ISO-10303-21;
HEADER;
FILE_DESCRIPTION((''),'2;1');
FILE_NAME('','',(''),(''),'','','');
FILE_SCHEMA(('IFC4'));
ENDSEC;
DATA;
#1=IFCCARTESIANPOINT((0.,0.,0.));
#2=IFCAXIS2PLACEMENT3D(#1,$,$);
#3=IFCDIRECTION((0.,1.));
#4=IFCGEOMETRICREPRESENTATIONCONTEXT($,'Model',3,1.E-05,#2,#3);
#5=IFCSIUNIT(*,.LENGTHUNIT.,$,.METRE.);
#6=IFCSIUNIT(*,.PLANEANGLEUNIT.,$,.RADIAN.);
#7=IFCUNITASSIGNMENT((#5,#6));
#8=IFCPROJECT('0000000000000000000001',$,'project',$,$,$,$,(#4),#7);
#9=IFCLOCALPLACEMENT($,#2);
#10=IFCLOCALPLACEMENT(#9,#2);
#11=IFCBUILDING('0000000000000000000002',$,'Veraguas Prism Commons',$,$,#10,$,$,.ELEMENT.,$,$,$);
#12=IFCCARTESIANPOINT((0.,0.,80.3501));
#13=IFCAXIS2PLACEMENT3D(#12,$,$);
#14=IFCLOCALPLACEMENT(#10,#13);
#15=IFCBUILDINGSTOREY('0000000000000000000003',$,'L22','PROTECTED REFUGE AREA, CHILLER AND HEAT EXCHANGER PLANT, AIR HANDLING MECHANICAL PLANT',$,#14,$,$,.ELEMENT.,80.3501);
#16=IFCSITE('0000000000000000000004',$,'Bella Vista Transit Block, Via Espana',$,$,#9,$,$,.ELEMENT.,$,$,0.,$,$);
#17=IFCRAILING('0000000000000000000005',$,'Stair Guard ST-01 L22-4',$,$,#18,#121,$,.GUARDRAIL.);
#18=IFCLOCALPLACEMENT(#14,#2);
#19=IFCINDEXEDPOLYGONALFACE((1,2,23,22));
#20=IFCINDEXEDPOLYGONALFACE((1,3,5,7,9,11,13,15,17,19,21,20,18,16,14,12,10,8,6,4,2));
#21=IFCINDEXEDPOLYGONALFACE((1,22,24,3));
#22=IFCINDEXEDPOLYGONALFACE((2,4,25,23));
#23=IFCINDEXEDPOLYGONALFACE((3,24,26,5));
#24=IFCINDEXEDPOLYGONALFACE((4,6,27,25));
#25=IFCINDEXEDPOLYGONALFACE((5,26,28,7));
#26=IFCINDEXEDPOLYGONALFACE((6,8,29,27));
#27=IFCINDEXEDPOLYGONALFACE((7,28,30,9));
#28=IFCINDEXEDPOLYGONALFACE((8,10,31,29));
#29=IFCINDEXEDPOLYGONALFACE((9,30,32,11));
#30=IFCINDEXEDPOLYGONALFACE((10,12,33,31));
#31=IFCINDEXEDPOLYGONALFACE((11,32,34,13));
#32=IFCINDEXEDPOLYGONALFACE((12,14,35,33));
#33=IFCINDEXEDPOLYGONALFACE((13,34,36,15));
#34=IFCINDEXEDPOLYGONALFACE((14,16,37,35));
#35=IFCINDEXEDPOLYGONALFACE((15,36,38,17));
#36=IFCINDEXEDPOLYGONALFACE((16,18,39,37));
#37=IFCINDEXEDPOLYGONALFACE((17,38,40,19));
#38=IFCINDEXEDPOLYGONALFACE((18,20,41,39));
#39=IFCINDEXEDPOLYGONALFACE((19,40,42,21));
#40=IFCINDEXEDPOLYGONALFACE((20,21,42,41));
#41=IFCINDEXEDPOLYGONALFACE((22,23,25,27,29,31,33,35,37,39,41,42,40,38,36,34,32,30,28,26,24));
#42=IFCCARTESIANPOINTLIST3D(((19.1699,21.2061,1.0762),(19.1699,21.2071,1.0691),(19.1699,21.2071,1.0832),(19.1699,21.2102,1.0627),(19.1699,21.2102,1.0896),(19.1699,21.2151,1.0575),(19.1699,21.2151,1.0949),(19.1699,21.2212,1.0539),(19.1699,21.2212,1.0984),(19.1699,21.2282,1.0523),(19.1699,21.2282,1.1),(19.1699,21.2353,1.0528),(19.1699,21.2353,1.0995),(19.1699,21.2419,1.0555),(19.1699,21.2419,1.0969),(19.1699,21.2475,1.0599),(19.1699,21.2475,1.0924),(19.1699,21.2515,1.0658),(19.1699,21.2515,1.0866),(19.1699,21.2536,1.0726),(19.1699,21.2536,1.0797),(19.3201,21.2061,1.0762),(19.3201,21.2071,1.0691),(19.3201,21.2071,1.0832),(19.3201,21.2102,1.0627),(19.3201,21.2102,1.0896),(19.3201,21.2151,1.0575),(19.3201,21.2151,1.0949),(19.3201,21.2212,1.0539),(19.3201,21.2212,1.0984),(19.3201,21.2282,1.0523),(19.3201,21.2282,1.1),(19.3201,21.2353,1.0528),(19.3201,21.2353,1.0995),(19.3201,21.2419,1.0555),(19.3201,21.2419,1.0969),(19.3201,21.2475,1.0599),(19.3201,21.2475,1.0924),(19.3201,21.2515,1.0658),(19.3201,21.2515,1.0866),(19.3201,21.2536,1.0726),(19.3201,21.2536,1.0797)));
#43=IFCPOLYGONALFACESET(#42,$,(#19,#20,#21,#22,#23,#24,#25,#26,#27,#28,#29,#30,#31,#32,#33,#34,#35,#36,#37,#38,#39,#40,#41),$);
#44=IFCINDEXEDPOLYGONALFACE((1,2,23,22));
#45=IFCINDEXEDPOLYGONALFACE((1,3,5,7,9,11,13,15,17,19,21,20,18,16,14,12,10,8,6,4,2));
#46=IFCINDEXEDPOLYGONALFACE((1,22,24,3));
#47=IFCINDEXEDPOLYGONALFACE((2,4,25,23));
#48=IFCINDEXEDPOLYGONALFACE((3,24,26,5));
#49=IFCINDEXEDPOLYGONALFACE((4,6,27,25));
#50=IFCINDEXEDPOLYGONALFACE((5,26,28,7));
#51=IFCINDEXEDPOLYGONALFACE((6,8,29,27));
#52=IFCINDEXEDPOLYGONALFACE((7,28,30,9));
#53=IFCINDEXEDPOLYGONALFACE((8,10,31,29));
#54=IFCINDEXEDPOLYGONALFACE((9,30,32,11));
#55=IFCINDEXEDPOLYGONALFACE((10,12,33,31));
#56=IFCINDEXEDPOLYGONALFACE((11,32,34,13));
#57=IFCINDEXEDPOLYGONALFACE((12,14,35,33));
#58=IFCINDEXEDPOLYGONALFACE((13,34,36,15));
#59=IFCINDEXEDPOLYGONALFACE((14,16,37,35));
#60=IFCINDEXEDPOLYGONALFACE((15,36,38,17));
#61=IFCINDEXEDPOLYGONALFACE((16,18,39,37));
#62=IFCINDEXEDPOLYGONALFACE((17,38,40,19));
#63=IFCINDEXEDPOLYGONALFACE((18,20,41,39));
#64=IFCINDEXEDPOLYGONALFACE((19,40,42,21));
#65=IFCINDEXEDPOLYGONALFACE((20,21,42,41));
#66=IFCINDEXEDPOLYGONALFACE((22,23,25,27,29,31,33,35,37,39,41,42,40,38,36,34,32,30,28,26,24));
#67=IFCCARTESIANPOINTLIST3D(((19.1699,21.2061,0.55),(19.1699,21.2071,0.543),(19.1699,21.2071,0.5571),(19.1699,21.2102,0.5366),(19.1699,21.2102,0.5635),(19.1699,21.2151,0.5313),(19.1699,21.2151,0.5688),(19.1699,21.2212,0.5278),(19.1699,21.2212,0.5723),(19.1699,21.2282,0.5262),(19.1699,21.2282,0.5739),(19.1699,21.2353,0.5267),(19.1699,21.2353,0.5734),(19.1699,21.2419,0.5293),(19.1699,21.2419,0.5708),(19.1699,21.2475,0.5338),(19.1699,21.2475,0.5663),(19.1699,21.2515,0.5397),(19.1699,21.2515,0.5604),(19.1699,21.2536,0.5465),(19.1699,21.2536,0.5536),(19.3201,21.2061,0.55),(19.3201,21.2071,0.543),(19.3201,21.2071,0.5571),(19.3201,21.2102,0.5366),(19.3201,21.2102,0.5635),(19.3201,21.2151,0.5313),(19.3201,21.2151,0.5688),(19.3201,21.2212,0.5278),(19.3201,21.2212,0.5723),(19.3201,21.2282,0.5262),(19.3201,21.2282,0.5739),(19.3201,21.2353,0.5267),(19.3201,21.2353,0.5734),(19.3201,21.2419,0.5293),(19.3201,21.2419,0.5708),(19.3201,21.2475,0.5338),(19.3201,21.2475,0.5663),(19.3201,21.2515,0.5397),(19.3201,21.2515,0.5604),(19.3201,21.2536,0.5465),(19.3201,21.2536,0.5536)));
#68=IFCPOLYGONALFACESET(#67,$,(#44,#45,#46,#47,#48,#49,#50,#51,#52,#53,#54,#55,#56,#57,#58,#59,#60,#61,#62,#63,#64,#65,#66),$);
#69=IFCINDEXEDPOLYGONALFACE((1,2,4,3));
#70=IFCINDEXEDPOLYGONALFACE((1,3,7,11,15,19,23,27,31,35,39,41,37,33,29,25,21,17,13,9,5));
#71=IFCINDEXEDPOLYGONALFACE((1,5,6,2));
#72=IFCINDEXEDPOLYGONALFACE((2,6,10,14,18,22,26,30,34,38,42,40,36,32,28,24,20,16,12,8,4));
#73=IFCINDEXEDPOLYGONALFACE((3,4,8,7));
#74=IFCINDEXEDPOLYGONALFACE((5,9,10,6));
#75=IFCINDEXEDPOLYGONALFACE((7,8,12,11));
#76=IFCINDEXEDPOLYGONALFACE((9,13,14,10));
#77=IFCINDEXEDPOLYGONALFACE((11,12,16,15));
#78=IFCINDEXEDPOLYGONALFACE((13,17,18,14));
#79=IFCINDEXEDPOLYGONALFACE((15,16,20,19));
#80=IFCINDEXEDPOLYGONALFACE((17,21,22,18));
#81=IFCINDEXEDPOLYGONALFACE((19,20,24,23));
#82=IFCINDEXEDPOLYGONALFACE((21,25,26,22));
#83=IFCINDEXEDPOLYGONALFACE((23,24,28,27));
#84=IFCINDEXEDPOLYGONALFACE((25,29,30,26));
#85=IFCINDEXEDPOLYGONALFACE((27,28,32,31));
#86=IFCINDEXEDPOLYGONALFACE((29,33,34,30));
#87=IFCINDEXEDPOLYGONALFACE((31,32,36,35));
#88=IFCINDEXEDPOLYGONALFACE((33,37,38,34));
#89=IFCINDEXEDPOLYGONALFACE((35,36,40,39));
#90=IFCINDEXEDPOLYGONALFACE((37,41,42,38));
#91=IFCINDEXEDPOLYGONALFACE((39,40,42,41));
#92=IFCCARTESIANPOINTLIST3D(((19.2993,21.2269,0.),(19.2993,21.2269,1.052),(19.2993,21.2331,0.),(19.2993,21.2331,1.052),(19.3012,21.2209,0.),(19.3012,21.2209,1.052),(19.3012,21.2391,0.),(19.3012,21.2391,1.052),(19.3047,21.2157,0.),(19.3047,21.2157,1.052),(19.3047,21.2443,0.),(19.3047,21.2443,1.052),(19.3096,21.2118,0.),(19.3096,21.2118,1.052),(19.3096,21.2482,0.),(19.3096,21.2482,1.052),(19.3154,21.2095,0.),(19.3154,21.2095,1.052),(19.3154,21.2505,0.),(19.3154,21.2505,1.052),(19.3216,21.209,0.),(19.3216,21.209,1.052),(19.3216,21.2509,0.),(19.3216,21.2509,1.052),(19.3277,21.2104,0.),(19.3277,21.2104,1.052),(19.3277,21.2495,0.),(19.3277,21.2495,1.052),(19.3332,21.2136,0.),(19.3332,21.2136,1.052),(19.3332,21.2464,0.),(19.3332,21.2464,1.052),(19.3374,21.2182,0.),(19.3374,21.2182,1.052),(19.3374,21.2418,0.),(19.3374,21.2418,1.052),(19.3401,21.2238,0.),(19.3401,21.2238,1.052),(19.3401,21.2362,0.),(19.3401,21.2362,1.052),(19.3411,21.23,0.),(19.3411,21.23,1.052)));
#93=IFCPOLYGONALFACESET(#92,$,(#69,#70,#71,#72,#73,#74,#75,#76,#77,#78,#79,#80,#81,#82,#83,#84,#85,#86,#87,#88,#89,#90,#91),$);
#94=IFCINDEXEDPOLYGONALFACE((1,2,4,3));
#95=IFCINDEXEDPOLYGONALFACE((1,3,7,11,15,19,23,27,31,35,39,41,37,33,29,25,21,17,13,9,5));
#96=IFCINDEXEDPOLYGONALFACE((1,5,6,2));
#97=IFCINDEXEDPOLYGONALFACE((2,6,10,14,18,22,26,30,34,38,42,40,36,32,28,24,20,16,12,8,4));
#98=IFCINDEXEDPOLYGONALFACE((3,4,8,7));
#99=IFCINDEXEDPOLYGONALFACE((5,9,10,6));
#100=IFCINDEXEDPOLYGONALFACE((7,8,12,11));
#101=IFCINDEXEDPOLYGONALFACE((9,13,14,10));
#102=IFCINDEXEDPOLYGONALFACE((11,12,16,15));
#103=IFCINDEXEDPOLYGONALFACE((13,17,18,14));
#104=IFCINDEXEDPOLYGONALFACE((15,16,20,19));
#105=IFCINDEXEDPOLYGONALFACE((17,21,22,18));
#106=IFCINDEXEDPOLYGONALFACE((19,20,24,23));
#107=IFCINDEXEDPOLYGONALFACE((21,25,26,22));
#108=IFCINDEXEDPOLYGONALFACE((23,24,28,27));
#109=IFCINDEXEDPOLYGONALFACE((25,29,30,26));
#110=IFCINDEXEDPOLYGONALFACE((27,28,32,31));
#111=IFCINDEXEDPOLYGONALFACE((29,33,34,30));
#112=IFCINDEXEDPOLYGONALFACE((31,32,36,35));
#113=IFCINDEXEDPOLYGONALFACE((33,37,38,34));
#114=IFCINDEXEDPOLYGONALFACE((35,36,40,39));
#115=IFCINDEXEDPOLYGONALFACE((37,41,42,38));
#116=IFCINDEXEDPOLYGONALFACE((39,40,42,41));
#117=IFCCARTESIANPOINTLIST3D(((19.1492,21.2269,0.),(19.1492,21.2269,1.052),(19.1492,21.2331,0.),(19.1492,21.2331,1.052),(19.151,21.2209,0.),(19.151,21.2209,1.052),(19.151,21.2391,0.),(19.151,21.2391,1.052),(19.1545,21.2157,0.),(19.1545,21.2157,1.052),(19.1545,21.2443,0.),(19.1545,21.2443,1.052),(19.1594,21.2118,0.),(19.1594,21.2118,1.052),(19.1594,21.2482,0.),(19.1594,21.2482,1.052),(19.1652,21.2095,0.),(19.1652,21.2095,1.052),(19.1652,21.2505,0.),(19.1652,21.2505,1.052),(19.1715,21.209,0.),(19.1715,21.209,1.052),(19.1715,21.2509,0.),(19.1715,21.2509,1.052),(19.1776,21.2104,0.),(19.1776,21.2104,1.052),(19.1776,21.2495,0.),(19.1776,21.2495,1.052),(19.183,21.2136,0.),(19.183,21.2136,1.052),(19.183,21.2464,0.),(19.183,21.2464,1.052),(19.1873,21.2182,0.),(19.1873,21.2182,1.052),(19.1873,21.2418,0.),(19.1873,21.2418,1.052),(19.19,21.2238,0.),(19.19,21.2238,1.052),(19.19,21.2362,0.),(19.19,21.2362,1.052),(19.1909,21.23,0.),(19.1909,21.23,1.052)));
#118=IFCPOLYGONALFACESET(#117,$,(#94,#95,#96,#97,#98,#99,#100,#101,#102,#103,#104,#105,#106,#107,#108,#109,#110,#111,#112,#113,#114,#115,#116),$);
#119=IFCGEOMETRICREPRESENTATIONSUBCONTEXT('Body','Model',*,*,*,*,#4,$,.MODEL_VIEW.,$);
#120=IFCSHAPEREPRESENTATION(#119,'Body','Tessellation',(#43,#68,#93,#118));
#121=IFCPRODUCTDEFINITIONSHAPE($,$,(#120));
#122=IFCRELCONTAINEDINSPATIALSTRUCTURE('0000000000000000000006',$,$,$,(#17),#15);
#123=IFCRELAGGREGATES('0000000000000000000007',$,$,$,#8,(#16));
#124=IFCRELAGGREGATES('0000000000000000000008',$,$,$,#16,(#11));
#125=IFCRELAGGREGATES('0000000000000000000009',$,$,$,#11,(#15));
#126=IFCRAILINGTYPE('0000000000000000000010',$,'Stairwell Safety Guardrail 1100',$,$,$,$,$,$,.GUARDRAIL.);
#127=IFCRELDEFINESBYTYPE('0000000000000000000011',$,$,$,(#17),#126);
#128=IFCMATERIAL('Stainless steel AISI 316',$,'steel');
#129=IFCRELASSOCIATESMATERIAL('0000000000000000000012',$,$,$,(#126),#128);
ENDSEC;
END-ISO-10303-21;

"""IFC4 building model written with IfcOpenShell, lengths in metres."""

from ifc_helpers import new_model, si_unit, direction, frame, origin, origin_2d, place, context, subcontext, project, spatial, circle, extrude, material, type_object, element, save


model = new_model("IFC4")

# Units and contexts
model_context = context("Model", 3, precision=1e-05, world=origin(), true_north=direction((0.0, 1.0)))
body_context = subcontext(model_context, "Body", "Model", "MODEL_VIEW")
ifc_project = project(units=[si_unit("LENGTHUNIT", "METRE"), si_unit("PLANEANGLEUNIT", "RADIAN")], contexts=[model_context])

# Site, building, storey
site_placement = place(None, origin())
site = spatial("IfcSite", under=ifc_project, at=site_placement, Name="Bella Vista Transit Block, Via Espana", CompositionType="ELEMENT", RefElevation=0.0)
building_placement = place(site_placement, origin())
building = spatial("IfcBuilding", under=site, at=building_placement, Name="Veraguas Prism Commons", CompositionType="ELEMENT")
storey_placement = place(building_placement, frame((0.0, 0.0, 80.3501)))
storey = spatial("IfcBuildingStorey", under=building, at=storey_placement, Name="L22", Description="PROTECTED REFUGE AREA, CHILLER AND HEAT EXCHANGER PLANT, AIR HANDLING MECHANICAL PLANT", CompositionType="ELEMENT", Elevation=80.3501)

# Shared definitions
ifc_material_1 = material(Name="Stainless steel AISI 316", Category="steel")

# Railing
railing_type_1 = type_object("IfcRailingType", Name="Stairwell Safety Guardrail 1100", PredefinedType="GUARDRAIL", material=ifc_material_1)
railing_1_placement = place(storey_placement, frame((19.3201, 21.23, 0.0)))
element("IfcRailing", 1, at=railing_1_placement, inside=storey, type_object=railing_type_1, Name="Stair Guard ST-01 L22-4", PredefinedType="GUARDRAIL", context=body_context, shape_type="SweptSolid", body=[
    extrude(circle(Radius=0.0239, at=origin_2d()), frame((0.0, 0.0, 1.0762), z_axis=(-1.0, 0.0, 0.0), x_axis=(0.0, -1.0, 0.0)), (0.0, 0.0, 1.0), 0.1501),
    extrude(circle(Radius=0.0239, at=origin_2d()), frame((0.0, 0.0, 0.55), z_axis=(-1.0, 0.0, 0.0), x_axis=(0.0, -1.0, 0.0)), (0.0, 0.0, 1.0), 0.1501),
    extrude(circle(Radius=0.021, at=origin_2d()), origin(), (0.0, 0.0, 1.0), 1.052),
    extrude(circle(Radius=0.021, at=origin_2d()), frame((-0.1501, 0.0, 0.0)), (0.0, 0.0, 1.0), 1.052),
])

save(model, "model.ifc")
